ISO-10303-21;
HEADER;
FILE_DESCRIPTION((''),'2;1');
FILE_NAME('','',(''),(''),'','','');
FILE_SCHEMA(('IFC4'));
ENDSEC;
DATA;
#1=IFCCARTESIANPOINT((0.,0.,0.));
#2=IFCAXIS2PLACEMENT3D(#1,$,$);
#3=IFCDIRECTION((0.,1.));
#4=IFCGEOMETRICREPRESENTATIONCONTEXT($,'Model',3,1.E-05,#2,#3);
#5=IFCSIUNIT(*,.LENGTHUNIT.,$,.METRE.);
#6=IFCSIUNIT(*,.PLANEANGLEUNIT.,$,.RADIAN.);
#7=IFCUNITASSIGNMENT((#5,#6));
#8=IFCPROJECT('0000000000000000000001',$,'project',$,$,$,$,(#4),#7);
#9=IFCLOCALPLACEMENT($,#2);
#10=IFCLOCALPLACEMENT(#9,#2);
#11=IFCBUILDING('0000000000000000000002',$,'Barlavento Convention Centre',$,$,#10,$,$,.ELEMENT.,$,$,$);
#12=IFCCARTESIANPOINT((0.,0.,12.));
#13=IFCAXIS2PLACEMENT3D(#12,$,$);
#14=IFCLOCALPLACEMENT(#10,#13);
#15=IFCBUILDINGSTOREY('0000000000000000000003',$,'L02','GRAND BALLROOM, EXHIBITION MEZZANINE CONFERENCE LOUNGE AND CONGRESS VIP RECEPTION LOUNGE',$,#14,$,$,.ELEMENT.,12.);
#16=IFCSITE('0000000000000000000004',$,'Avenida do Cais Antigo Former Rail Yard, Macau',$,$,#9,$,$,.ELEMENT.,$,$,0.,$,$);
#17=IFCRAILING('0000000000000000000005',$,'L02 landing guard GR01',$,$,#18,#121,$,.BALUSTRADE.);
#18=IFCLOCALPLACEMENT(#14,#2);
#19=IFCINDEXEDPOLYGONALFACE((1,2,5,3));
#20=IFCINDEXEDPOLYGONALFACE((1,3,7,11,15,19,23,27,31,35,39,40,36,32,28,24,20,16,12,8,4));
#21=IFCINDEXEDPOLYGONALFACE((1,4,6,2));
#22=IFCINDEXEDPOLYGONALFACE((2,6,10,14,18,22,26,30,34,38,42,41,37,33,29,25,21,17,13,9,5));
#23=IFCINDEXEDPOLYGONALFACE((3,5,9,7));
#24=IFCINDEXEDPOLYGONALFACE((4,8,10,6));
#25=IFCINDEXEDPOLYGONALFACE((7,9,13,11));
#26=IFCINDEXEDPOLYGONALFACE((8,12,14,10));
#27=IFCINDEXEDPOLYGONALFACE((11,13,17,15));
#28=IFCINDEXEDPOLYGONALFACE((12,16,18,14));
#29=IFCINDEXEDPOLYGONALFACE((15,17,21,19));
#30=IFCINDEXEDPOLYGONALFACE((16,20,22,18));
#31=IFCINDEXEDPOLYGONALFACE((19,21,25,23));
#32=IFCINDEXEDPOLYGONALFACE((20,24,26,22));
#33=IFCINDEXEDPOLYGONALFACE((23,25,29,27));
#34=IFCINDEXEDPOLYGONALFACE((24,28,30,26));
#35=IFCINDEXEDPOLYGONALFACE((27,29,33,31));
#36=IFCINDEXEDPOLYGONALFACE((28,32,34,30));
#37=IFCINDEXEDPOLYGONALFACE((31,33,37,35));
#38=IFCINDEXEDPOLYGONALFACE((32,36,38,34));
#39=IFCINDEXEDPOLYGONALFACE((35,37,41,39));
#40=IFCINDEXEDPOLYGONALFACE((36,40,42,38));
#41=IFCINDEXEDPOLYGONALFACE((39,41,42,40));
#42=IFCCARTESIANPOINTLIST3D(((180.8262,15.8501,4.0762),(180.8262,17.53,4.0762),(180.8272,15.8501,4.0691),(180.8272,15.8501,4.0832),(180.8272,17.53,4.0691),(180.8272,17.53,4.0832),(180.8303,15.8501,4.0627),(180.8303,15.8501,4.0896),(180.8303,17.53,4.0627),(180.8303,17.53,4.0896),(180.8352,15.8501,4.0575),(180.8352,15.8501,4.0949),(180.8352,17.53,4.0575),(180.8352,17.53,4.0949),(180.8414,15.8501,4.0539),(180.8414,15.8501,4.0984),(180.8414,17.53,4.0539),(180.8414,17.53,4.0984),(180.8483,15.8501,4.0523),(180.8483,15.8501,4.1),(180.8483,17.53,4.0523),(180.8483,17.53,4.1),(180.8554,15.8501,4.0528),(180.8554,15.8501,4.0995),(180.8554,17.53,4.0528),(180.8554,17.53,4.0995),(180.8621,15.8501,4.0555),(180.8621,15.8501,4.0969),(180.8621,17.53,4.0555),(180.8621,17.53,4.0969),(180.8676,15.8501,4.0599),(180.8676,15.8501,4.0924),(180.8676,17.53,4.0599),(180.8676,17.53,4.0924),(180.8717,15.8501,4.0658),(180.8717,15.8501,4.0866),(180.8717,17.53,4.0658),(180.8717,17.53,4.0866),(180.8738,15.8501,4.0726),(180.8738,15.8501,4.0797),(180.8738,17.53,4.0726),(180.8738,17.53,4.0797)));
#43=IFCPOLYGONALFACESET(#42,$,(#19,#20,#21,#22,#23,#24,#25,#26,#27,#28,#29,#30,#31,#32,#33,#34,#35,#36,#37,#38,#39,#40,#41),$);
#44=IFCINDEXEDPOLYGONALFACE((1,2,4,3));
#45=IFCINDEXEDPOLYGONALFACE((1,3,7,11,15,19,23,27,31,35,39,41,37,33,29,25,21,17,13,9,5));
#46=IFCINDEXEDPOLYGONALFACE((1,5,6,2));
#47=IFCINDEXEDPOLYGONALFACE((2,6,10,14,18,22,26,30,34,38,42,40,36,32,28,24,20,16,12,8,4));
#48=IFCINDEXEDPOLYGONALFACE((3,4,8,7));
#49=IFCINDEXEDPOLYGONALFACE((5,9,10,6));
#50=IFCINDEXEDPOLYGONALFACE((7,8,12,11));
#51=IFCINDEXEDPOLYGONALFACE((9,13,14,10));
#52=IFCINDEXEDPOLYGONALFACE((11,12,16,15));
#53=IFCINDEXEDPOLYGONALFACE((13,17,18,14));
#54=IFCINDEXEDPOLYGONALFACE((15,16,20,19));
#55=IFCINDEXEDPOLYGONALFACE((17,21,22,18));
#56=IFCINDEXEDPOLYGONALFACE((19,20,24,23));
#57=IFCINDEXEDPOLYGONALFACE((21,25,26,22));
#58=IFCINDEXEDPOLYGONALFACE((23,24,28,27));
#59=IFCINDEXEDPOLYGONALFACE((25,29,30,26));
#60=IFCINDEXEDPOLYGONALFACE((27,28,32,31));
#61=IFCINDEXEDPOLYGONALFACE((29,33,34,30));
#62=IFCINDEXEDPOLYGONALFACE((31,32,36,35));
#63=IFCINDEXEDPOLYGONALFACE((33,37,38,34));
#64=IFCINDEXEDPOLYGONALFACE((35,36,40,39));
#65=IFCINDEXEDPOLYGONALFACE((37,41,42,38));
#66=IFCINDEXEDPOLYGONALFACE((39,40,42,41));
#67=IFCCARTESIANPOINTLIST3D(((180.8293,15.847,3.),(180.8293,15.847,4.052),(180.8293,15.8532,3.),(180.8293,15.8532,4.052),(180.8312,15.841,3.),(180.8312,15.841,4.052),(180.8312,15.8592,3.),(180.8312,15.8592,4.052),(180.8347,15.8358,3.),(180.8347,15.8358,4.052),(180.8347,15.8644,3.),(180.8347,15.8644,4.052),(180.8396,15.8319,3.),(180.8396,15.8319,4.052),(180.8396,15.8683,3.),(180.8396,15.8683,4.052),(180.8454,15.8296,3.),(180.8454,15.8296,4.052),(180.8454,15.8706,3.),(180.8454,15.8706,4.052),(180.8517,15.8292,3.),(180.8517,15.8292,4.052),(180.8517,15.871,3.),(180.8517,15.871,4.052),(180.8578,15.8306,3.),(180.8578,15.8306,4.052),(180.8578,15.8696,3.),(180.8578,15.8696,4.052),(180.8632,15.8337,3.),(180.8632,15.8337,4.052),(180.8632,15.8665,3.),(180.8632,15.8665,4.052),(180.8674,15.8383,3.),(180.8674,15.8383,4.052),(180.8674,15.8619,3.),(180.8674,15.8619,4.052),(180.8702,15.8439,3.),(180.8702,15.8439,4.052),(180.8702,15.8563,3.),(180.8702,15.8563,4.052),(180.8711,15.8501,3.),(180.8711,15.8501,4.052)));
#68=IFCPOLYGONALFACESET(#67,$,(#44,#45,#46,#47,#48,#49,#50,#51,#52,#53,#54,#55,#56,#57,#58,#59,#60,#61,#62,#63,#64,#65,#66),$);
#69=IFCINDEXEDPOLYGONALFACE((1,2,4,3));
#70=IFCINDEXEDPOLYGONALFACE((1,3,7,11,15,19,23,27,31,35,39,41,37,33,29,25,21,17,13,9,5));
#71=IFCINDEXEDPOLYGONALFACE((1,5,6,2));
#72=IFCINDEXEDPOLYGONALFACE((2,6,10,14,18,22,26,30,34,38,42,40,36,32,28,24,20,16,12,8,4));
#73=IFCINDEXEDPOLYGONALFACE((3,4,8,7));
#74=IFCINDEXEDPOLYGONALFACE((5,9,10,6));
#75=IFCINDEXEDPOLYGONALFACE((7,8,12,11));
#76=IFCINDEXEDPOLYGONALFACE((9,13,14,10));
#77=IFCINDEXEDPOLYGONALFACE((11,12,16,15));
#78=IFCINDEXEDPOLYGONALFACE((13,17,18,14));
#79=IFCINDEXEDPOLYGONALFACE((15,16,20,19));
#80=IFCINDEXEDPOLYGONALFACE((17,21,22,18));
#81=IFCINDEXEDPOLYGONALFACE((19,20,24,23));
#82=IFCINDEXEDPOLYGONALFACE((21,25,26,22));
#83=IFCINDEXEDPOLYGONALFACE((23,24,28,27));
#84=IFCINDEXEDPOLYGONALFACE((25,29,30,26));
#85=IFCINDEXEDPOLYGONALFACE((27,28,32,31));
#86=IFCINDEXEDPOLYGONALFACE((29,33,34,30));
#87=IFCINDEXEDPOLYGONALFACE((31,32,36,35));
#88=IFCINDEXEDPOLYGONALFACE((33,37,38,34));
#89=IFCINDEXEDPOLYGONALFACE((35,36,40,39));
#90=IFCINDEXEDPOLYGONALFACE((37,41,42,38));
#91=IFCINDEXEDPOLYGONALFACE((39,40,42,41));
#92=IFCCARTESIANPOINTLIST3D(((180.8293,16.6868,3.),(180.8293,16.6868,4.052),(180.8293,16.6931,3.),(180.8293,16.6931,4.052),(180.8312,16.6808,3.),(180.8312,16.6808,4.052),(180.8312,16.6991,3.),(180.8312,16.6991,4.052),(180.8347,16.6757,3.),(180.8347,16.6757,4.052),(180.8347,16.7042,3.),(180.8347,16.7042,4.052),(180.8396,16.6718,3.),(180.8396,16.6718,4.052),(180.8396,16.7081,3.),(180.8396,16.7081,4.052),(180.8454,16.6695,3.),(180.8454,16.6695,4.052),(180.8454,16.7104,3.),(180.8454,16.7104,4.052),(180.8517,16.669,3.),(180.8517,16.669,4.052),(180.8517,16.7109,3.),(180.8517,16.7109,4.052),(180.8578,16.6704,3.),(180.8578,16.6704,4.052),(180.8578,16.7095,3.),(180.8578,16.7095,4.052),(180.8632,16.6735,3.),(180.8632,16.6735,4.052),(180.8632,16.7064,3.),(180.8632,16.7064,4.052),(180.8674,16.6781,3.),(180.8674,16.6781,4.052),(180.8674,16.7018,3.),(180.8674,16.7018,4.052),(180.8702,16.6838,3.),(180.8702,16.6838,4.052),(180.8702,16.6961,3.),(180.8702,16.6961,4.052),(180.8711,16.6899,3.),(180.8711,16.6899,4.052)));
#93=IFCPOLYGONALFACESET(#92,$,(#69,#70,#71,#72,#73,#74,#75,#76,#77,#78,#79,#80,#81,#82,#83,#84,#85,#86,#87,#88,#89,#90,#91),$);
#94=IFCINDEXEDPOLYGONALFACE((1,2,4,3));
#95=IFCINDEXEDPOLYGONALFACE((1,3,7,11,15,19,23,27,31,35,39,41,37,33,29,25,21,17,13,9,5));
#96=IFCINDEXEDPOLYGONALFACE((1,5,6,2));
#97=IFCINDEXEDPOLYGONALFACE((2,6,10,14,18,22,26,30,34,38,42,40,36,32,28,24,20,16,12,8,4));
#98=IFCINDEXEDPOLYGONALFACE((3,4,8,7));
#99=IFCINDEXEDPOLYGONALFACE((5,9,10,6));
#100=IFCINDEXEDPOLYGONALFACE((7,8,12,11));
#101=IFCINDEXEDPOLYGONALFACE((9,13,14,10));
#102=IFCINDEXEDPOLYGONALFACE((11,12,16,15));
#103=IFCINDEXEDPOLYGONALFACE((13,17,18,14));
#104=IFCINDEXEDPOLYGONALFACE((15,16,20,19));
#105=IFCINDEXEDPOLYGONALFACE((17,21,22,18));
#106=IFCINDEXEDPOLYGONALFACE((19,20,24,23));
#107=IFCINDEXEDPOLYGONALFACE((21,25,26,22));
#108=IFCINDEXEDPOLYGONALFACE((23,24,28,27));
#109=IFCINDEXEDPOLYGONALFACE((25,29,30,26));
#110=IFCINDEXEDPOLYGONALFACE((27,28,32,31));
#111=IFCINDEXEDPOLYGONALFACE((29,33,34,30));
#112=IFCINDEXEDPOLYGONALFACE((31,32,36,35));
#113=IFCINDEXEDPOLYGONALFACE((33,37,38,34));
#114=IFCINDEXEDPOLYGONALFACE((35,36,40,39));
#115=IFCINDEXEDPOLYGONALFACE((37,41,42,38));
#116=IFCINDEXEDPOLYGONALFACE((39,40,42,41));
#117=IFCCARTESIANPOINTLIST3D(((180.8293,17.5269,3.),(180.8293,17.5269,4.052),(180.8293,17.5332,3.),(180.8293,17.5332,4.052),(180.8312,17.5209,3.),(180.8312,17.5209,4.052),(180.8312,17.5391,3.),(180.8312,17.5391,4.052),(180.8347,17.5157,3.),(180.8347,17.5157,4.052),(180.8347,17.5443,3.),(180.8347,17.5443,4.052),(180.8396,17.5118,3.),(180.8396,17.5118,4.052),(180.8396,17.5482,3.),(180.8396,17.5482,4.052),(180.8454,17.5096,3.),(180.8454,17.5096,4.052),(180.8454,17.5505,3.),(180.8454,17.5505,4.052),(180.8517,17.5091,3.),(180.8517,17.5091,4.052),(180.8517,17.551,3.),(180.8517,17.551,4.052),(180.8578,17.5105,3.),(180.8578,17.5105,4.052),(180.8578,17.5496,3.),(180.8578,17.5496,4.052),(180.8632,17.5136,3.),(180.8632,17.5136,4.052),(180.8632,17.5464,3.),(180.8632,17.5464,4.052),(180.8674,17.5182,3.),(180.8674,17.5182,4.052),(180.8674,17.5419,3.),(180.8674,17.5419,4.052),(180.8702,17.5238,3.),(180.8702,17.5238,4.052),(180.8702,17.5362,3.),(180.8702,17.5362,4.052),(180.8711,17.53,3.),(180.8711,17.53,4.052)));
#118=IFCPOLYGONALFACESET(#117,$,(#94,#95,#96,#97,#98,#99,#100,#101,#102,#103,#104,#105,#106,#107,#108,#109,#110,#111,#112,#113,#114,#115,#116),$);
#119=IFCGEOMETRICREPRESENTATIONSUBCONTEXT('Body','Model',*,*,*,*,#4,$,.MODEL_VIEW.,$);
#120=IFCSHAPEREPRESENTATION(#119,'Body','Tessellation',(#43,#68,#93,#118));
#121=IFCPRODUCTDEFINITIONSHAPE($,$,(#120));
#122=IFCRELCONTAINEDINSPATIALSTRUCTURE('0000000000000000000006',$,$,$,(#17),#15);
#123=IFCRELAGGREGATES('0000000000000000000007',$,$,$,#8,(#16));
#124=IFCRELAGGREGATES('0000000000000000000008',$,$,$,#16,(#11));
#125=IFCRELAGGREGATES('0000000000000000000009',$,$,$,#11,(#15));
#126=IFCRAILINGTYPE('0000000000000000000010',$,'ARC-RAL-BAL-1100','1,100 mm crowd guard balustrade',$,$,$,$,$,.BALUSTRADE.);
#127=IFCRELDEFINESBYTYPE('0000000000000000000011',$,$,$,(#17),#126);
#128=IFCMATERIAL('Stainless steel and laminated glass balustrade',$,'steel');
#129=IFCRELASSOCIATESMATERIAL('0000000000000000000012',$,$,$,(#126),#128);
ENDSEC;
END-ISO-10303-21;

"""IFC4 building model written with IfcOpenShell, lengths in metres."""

from ifc_helpers import new_model, si_unit, direction, frame, origin, origin_2d, place, context, subcontext, project, spatial, circle, extrude, material, type_object, element, save


model = new_model("IFC4")

# Units and contexts
model_context = context("Model", 3, precision=1e-05, world=origin(), true_north=direction((0.0, 1.0)))
body_context = subcontext(model_context, "Body", "Model", "MODEL_VIEW")
ifc_project = project(units=[si_unit("LENGTHUNIT", "METRE"), si_unit("PLANEANGLEUNIT", "RADIAN")], contexts=[model_context])

# Site, building, storey
site_placement = place(None, origin())
site = spatial("IfcSite", under=ifc_project, at=site_placement, Name="Avenida do Cais Antigo Former Rail Yard, Macau", CompositionType="ELEMENT", RefElevation=0.0)
building_placement = place(site_placement, origin())
building = spatial("IfcBuilding", under=site, at=building_placement, Name="Barlavento Convention Centre", CompositionType="ELEMENT")
storey_placement = place(building_placement, frame((0.0, 0.0, 12.0)))
storey = spatial("IfcBuildingStorey", under=building, at=storey_placement, Name="L02", Description="GRAND BALLROOM, EXHIBITION MEZZANINE CONFERENCE LOUNGE AND CONGRESS VIP RECEPTION LOUNGE", CompositionType="ELEMENT", Elevation=12.0)

# Railing
ifc_material_1 = material(Name="Stainless steel and laminated glass balustrade", Category="steel")
railing_type_1 = type_object("IfcRailingType", Name="ARC-RAL-BAL-1100", Description="1,100 mm crowd guard balustrade", PredefinedType="BALUSTRADE", material=ifc_material_1)
for number, where, name in (
    (1, (180.8501, 15.8501, 3.0), "L02 landing guard GR01"),
):
    element("IfcRailing", number, at=place(storey_placement, frame(where)), inside=storey, type_object=railing_type_1, Name=name, PredefinedType="BALUSTRADE", context=body_context, shape_type="SweptSolid", body=[
        extrude(circle(Radius=0.0239, at=origin_2d()), frame((0.0, 0.0, 1.0762), z_axis=(0.0, 1.0, 0.0), x_axis=(-1.0, 0.0, 0.0)), (0.0, 0.0, 1.0), 1.6799),
        extrude(circle(Radius=0.021, at=origin_2d()), origin(), (0.0, 0.0, 1.0), 1.052),
        extrude(circle(Radius=0.021, at=origin_2d()), frame((0.0, 0.8398, 0.0)), (0.0, 0.0, 1.0), 1.052),
        extrude(circle(Radius=0.021, at=origin_2d()), frame((0.0, 1.6799, 0.0)), (0.0, 0.0, 1.0), 1.052),
    ])

save(model, "model.ifc")
